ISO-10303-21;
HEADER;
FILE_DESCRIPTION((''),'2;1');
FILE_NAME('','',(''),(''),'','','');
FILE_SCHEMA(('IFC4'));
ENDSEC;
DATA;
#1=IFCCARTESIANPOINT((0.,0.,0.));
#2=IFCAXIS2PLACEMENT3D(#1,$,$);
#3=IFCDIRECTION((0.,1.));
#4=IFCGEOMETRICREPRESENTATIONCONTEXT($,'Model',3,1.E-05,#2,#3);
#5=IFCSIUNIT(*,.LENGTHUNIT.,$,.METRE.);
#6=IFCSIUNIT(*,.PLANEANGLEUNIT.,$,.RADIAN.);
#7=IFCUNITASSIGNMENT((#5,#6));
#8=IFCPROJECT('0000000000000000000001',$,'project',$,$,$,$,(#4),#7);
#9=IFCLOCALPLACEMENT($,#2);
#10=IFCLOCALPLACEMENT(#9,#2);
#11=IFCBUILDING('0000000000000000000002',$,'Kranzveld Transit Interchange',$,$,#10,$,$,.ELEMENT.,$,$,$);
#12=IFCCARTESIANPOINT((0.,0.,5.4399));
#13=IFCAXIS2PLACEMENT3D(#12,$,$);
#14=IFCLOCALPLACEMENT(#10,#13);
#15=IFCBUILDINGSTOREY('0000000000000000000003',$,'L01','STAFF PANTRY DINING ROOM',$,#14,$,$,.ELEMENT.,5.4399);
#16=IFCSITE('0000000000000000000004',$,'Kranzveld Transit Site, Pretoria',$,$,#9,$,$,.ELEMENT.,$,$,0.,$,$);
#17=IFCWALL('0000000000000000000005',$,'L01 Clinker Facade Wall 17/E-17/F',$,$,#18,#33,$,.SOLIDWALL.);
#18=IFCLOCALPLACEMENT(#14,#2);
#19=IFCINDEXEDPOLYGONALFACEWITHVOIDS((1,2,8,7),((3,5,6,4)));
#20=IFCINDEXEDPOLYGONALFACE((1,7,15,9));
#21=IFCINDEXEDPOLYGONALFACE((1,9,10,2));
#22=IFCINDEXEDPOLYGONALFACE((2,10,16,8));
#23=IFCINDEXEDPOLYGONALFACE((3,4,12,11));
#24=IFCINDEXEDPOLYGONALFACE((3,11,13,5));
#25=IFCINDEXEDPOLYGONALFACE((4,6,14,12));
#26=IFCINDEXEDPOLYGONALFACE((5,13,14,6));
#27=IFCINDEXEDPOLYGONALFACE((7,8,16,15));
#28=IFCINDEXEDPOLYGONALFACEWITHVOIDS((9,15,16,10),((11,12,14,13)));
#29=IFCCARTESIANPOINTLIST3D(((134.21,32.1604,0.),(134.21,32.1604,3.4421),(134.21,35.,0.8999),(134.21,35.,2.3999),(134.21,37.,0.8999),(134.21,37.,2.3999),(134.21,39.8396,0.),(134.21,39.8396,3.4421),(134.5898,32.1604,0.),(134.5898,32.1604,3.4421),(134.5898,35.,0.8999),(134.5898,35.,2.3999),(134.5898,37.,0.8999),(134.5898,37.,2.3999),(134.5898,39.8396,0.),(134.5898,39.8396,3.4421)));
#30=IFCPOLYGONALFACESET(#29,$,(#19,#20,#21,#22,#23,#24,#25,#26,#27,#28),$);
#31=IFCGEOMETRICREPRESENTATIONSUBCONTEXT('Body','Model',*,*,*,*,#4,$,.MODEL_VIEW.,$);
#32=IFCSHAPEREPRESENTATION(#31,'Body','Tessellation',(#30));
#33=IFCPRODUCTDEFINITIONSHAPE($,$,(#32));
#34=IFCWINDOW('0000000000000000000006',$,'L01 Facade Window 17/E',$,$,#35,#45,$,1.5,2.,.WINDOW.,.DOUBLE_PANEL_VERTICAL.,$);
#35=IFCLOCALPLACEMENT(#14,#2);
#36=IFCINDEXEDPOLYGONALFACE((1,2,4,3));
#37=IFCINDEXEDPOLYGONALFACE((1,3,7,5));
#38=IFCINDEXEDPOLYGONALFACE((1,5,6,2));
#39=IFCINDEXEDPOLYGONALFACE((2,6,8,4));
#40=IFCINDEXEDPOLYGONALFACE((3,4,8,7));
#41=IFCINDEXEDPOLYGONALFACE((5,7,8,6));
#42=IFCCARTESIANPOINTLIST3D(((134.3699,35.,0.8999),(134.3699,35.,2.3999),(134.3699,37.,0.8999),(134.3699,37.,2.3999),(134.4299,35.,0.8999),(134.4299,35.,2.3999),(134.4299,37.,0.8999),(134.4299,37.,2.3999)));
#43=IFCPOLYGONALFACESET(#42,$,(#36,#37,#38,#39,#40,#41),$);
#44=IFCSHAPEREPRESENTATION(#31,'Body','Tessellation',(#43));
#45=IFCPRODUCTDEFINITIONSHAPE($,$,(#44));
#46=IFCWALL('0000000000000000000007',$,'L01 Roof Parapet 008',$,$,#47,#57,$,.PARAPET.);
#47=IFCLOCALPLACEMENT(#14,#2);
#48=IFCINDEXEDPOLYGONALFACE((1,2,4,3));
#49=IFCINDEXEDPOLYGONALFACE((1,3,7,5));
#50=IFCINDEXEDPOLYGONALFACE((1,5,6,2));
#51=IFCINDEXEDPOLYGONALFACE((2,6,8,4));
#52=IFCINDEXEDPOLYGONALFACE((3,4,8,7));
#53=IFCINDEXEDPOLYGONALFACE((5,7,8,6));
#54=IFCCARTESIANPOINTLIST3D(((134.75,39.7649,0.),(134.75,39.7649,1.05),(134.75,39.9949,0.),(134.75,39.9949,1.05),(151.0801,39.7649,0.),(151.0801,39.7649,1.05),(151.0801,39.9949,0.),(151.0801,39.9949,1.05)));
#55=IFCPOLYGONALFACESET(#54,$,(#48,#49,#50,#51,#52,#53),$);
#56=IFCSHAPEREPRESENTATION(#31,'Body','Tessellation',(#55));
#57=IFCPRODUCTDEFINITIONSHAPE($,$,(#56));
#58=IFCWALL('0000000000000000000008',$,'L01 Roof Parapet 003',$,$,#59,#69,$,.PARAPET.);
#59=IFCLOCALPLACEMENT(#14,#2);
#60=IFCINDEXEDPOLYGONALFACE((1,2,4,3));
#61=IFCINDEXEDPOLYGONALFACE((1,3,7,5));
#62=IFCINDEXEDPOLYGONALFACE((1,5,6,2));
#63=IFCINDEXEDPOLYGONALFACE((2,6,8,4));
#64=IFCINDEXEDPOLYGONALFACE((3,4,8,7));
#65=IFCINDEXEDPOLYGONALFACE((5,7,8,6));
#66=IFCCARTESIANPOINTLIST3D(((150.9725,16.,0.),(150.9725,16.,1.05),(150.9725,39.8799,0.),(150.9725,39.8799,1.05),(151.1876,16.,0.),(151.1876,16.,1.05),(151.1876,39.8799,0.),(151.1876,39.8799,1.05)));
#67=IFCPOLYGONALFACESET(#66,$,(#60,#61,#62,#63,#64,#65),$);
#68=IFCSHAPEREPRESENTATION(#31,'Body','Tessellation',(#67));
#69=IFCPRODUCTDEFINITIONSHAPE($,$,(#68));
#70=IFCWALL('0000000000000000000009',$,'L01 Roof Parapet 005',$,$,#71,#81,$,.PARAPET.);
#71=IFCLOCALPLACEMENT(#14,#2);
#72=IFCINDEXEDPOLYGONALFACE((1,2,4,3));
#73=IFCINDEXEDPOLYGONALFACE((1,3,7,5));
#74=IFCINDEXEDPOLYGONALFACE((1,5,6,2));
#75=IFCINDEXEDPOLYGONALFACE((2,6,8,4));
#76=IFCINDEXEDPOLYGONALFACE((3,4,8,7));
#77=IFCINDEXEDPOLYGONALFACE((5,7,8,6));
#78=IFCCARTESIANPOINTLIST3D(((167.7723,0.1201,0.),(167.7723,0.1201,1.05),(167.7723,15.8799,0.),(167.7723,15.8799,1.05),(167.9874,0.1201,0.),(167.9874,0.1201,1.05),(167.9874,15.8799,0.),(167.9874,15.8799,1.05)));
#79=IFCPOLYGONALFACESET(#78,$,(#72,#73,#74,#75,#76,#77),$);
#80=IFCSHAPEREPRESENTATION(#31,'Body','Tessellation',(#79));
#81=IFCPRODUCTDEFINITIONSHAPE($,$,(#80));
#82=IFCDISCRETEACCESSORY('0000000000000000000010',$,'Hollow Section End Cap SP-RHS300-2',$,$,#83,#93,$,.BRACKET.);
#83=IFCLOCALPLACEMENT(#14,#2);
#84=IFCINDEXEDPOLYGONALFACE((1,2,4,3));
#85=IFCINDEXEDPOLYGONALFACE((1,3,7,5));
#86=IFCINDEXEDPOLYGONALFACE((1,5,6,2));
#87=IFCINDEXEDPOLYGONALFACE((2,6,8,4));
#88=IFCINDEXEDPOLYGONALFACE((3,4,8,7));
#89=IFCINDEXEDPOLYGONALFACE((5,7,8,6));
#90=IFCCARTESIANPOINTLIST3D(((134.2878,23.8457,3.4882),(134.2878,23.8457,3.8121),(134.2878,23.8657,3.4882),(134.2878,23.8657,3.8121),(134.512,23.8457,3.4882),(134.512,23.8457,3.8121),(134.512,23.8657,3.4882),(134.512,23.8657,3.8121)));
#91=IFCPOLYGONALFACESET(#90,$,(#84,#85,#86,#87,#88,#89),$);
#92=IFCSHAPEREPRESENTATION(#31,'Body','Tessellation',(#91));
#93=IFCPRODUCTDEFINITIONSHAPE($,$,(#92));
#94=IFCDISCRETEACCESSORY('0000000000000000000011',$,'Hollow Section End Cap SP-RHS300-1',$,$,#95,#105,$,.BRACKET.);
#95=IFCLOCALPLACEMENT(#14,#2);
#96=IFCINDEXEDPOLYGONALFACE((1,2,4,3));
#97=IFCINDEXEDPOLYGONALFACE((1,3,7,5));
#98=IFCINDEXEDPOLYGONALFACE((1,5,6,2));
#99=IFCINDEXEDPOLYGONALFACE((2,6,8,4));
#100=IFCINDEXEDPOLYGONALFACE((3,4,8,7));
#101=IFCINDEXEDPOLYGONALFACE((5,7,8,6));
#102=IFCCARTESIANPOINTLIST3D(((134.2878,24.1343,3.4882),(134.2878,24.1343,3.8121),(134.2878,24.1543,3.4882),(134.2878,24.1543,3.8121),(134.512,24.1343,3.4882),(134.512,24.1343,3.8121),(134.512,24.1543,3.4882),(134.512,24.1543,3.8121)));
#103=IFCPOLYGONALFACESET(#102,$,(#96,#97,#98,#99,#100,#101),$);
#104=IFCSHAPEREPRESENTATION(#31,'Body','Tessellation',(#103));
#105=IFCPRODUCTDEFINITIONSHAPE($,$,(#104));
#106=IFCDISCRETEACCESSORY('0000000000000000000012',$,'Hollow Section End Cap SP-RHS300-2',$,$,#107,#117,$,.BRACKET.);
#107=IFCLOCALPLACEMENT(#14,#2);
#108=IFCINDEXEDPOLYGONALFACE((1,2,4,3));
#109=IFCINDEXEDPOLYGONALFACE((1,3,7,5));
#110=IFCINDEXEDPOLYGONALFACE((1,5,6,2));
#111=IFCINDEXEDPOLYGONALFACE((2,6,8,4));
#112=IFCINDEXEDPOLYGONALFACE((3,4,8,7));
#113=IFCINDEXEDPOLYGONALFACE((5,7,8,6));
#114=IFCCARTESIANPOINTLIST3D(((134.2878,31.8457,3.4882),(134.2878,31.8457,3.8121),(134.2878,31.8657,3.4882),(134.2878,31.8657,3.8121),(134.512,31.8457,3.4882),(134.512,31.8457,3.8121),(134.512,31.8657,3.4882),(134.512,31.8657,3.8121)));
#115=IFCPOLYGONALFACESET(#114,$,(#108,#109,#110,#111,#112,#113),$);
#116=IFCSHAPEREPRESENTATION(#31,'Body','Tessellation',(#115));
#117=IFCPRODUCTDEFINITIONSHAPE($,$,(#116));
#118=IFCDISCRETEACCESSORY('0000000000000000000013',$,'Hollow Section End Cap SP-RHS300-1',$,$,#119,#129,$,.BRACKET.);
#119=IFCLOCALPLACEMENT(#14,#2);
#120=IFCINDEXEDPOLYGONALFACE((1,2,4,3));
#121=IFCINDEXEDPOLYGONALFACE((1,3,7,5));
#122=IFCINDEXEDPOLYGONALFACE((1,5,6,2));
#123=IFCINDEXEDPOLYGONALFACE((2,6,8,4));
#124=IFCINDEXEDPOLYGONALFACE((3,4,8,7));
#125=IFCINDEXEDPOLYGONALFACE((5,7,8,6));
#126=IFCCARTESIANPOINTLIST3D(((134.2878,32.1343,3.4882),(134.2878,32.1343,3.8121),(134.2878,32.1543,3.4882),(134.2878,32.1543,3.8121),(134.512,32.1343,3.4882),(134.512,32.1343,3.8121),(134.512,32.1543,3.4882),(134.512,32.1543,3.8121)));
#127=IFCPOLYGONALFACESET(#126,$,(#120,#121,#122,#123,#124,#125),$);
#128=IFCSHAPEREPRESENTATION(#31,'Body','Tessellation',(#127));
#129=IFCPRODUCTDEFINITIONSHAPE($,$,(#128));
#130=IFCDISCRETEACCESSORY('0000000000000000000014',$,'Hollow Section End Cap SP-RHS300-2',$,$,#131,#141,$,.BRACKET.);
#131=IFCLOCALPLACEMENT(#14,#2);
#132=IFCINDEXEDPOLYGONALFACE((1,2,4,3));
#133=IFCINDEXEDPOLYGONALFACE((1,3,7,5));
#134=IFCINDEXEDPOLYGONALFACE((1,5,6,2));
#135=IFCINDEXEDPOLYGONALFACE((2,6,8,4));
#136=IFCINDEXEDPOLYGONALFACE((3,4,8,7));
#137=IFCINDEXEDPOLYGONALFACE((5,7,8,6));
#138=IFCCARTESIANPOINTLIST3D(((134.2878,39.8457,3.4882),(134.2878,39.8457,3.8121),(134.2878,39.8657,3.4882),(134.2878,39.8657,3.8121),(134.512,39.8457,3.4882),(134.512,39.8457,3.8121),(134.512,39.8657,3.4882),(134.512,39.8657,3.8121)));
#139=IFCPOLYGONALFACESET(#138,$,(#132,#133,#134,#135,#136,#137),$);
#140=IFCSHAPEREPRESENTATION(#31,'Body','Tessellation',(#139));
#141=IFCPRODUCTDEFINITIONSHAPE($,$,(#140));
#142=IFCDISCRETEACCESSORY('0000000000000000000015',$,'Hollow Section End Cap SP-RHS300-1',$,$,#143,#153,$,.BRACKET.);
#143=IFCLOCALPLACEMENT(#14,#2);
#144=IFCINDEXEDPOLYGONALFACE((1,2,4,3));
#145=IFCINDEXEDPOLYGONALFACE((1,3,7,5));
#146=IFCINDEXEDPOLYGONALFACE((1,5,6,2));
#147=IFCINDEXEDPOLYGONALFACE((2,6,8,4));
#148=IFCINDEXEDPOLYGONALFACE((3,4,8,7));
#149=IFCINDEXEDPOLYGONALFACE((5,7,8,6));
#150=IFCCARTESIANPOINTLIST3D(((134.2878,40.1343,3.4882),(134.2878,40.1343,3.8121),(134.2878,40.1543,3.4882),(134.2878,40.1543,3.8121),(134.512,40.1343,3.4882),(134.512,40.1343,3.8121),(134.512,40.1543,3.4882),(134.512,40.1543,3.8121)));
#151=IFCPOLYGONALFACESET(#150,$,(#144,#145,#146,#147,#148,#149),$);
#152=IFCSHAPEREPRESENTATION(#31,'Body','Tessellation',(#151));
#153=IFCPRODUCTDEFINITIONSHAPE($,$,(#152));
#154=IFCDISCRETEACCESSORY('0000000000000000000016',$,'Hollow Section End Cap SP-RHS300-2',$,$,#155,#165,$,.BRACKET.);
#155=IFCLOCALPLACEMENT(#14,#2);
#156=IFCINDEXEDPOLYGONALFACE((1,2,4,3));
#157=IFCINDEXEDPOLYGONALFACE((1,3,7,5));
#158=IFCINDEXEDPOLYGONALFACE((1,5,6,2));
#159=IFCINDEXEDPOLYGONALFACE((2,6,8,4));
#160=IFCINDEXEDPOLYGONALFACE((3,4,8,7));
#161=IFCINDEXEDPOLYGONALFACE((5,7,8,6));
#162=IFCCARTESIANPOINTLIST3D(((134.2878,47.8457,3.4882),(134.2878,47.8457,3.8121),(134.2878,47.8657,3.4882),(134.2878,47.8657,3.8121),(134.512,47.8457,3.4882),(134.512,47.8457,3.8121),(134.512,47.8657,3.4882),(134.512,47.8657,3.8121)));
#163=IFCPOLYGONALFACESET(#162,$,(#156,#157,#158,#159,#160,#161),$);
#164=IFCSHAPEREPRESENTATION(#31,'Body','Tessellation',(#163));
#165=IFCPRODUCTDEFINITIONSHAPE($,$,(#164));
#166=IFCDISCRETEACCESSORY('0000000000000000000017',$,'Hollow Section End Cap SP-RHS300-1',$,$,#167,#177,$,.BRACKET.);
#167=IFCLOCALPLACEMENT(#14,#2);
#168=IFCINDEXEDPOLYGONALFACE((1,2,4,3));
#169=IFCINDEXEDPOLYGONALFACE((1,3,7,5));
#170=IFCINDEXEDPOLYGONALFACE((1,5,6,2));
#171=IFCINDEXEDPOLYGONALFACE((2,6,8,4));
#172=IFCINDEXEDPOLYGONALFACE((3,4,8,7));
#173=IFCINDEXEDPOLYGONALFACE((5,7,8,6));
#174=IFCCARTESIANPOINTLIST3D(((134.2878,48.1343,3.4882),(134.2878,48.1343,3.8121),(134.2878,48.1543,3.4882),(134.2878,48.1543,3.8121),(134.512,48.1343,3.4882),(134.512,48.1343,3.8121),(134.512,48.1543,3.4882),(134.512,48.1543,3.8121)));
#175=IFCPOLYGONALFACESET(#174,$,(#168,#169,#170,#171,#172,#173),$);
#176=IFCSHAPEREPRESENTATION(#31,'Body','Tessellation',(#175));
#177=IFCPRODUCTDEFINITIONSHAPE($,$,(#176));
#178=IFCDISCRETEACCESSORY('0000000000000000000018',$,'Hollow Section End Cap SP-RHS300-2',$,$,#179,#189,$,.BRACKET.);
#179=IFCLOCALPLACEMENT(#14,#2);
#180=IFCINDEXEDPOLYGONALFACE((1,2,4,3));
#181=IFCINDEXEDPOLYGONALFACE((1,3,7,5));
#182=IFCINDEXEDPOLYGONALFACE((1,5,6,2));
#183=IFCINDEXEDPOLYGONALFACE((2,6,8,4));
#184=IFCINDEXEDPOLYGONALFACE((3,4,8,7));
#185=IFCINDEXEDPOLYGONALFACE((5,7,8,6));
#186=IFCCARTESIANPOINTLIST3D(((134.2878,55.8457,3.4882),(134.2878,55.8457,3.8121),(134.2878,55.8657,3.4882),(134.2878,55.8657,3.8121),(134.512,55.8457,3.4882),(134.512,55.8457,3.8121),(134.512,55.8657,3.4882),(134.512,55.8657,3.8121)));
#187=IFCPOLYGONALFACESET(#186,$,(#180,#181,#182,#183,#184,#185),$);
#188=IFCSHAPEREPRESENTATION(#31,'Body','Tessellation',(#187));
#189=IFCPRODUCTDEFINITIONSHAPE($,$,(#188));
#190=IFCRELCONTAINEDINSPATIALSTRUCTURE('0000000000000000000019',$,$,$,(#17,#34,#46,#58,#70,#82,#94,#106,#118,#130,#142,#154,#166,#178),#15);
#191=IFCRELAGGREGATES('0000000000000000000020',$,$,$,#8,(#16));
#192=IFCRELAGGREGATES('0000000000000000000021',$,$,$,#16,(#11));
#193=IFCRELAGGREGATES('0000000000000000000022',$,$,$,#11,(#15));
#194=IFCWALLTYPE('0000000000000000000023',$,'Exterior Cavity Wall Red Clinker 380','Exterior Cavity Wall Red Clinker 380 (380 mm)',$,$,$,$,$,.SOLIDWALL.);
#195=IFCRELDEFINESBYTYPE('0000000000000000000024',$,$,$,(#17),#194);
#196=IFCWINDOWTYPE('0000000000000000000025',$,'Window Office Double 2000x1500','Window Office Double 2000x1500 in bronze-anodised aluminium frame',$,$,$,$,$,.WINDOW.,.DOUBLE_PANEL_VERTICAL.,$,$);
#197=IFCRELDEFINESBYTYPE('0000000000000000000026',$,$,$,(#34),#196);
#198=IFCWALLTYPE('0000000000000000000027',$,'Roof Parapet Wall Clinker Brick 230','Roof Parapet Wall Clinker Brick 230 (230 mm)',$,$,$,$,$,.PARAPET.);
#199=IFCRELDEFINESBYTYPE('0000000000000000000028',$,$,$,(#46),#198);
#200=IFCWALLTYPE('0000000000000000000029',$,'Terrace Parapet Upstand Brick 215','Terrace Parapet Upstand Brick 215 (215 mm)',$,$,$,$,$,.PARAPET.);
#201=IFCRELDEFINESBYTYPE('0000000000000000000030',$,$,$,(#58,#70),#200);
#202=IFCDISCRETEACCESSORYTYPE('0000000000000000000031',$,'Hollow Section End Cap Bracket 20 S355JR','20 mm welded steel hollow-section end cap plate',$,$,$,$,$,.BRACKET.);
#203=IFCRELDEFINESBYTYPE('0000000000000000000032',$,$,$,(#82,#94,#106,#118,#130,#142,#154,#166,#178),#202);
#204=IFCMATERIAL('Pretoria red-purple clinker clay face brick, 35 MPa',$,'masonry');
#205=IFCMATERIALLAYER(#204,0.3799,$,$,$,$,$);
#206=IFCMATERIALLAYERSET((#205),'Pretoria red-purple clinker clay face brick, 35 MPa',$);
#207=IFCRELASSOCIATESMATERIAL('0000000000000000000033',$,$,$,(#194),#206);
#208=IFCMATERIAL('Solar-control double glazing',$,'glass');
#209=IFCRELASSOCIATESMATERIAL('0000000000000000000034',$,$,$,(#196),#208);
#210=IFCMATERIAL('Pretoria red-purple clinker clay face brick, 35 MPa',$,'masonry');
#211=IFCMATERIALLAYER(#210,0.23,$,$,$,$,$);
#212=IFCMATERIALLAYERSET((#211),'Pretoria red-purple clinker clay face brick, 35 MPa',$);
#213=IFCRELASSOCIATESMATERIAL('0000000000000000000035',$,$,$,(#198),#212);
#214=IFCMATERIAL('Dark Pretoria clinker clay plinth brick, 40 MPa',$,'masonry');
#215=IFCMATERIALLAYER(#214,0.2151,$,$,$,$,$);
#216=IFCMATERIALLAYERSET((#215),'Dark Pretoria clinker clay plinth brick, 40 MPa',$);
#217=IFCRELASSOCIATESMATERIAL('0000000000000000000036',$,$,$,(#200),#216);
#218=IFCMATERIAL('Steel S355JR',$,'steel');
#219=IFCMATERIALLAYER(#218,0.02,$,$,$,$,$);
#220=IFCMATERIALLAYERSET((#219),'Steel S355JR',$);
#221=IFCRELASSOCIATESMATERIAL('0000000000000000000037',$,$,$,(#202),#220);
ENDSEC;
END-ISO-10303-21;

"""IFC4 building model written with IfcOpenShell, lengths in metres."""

from ifc_helpers import new_model, si_unit, direction, frame, frame_2d, origin, origin_2d, place, context, subcontext, project, spatial, rectangle, extrude, material, layer, layer_set, type_object, element, fill, save


model = new_model("IFC4")

# Units and contexts
model_context = context("Model", 3, precision=1e-05, world=origin(), true_north=direction((0.0, 1.0)))
body_context = subcontext(model_context, "Body", "Model", "MODEL_VIEW")
ifc_project = project(units=[si_unit("LENGTHUNIT", "METRE"), si_unit("PLANEANGLEUNIT", "RADIAN")], contexts=[model_context])

# Site, building, storey
site_placement = place(None, origin())
site = spatial("IfcSite", under=ifc_project, at=site_placement, Name="Kranzveld Transit Site, Pretoria", CompositionType="ELEMENT", RefElevation=0.0)
building_placement = place(site_placement, origin())
building = spatial("IfcBuilding", under=site, at=building_placement, Name="Kranzveld Transit Interchange", CompositionType="ELEMENT")
storey_placement = place(building_placement, frame((0.0, 0.0, 5.4399)))
storey = spatial("IfcBuildingStorey", under=building, at=storey_placement, Name="L01", Description="STAFF PANTRY DINING ROOM", CompositionType="ELEMENT", Elevation=5.4399)

# Wall, opening, window
ifc_material_1 = material(Name="Pretoria red-purple clinker clay face brick, 35 MPa", Category="masonry")
ifc_layer_1 = layer(ifc_material_1, 0.3799)
ifc_layer_set_1 = layer_set([ifc_layer_1], Name="Pretoria red-purple clinker clay face brick, 35 MPa")
wall_type_1 = type_object("IfcWallType", Name="Exterior Cavity Wall Red Clinker 380", Description="Exterior Cavity Wall Red Clinker 380 (380 mm)", PredefinedType="SOLIDWALL", material=ifc_layer_set_1)
wall_1_placement = place(storey_placement, frame((134.3999, 32.1604, 0.0), z_axis=(0.0, 0.0, 1.0), x_axis=(0.0, 1.0, 0.0)))
wall_1 = element("IfcWall", 1, at=wall_1_placement, inside=storey, type_object=wall_type_1, Name="L01 Clinker Facade Wall 17/E-17/F", PredefinedType="SOLIDWALL", context=body_context, shape_type="SweptSolid", body=[
    extrude(rectangle(XDim=7.6792, YDim=0.3799, at=frame_2d((3.8396, 0.0))), origin(), (0.0, 0.0, 1.0), 3.4421),
])
opening_1_placement = place(wall_1_placement, frame((2.8396, 0.0, 0.8999), z_axis=(0.0, 0.0, 1.0), x_axis=(1.0, 0.0, 0.0)))
opening_1 = element("IfcOpeningElement", 2, at=opening_1_placement, cuts=wall_1, PredefinedType="OPENING", context=body_context, shape_type="SweptSolid", body=[
    extrude(rectangle(XDim=2.0, YDim=1.5, at=frame_2d((1.0, 0.75))), frame((0.0, 0.2, 0.0), z_axis=(0.0, -1.0, 0.0), x_axis=(1.0, 0.0, 0.0)), (0.0, 0.0, 1.0), 0.3999),
])
ifc_material_2 = material(Name="Solar-control double glazing", Category="glass")
window_type_1 = type_object("IfcWindowType", Name="Window Office Double 2000x1500", Description="Window Office Double 2000x1500 in bronze-anodised aluminium frame", PartitioningType="DOUBLE_PANEL_VERTICAL", PredefinedType="WINDOW", material=ifc_material_2)
window_1_placement = place(opening_1_placement, origin())
window_1 = element("IfcWindow", 3, at=window_1_placement, inside=storey, type_object=window_type_1, Name="L01 Facade Window 17/E", OverallHeight=1.5, OverallWidth=2.0, PartitioningType="DOUBLE_PANEL_VERTICAL", PredefinedType="WINDOW", context=body_context, shape_type="SweptSolid", body=[
    extrude(rectangle(XDim=2.0, YDim=1.5, at=frame_2d((1.0, 0.75))), frame((0.0, 0.03, 0.0), z_axis=(0.0, -1.0, 0.0), x_axis=(1.0, 0.0, 0.0)), (0.0, 0.0, 1.0), 0.0601),
])
fill(opening_1, window_1)

# Walls
ifc_material_3 = material(Name="Pretoria red-purple clinker clay face brick, 35 MPa", Category="masonry")
ifc_layer_2 = layer(ifc_material_3, 0.23)
ifc_layer_set_2 = layer_set([ifc_layer_2], Name="Pretoria red-purple clinker clay face brick, 35 MPa")
wall_type_2 = type_object("IfcWallType", Name="Roof Parapet Wall Clinker Brick 230", Description="Roof Parapet Wall Clinker Brick 230 (230 mm)", PredefinedType="PARAPET", material=ifc_layer_set_2)
wall_2_placement = place(storey_placement, frame((134.75, 39.8799, 0.0), z_axis=(0.0, 0.0, 1.0), x_axis=(1.0, 0.0, 0.0)))
element("IfcWall", 4, at=wall_2_placement, inside=storey, type_object=wall_type_2, Name="L01 Roof Parapet 008", PredefinedType="PARAPET", context=body_context, shape_type="SweptSolid", body=[
    extrude(rectangle(XDim=16.3301, YDim=0.23, at=frame_2d((8.165, 0.0))), origin(), (0.0, 0.0, 1.0), 1.05),
])
ifc_material_4 = material(Name="Dark Pretoria clinker clay plinth brick, 40 MPa", Category="masonry")
ifc_layer_3 = layer(ifc_material_4, 0.2151)
ifc_layer_set_3 = layer_set([ifc_layer_3], Name="Dark Pretoria clinker clay plinth brick, 40 MPa")
wall_type_3 = type_object("IfcWallType", Name="Terrace Parapet Upstand Brick 215", Description="Terrace Parapet Upstand Brick 215 (215 mm)", PredefinedType="PARAPET", material=ifc_layer_set_3)
wall_3_placement = place(storey_placement, frame((151.0801, 39.8799, 0.0), z_axis=(0.0, 0.0, 1.0), x_axis=(0.0, -1.0, 0.0)))
element("IfcWall", 5, at=wall_3_placement, inside=storey, type_object=wall_type_3, Name="L01 Roof Parapet 003", PredefinedType="PARAPET", context=body_context, shape_type="SweptSolid", body=[
    extrude(rectangle(XDim=23.8799, YDim=0.2151, at=frame_2d((11.9399, 0.0))), origin(), (0.0, 0.0, 1.0), 1.05),
])
wall_4_placement = place(storey_placement, frame((167.8799, 15.8799, 0.0), z_axis=(0.0, 0.0, 1.0), x_axis=(0.0, -1.0, 0.0)))
element("IfcWall", 6, at=wall_4_placement, inside=storey, type_object=wall_type_3, Name="L01 Roof Parapet 005", PredefinedType="PARAPET", context=body_context, shape_type="SweptSolid", body=[
    extrude(rectangle(XDim=15.7598, YDim=0.2151, at=frame_2d((7.8799, 0.0))), origin(), (0.0, 0.0, 1.0), 1.05),
])

# Discrete accessories
ifc_material_5 = material(Name="Steel S355JR", Category="steel")
ifc_layer_4 = layer(ifc_material_5, 0.02)
ifc_layer_set_4 = layer_set([ifc_layer_4], Name="Steel S355JR")
discrete_accessory_type = type_object("IfcDiscreteAccessoryType", Name="Hollow Section End Cap Bracket 20 S355JR", Description="20 mm welded steel hollow-section end cap plate", PredefinedType="BRACKET", material=ifc_layer_set_4)
for number, where, z_axis, x_axis, name in (
    (7, (134.3999, 23.8457, 3.6501), (0.0, 1.0, 0.0), (-1.0, 0.0, 0.0), "Hollow Section End Cap SP-RHS300-2"),
    (8, (134.3999, 24.1543, 3.6501), (0.0, -1.0, 0.0), (1.0, 0.0, 0.0), "Hollow Section End Cap SP-RHS300-1"),
    (9, (134.3999, 31.8457, 3.6501), (0.0, 1.0, 0.0), (-1.0, 0.0, 0.0), "Hollow Section End Cap SP-RHS300-2"),
    (10, (134.3999, 32.1543, 3.6501), (0.0, -1.0, 0.0), (1.0, 0.0, 0.0), "Hollow Section End Cap SP-RHS300-1"),
    (11, (134.3999, 39.8457, 3.6501), (0.0, 1.0, 0.0), (-1.0, 0.0, 0.0), "Hollow Section End Cap SP-RHS300-2"),
    (12, (134.3999, 40.1543, 3.6501), (0.0, -1.0, 0.0), (1.0, 0.0, 0.0), "Hollow Section End Cap SP-RHS300-1"),
    (13, (134.3999, 47.8457, 3.6501), (0.0, 1.0, 0.0), (-1.0, 0.0, 0.0), "Hollow Section End Cap SP-RHS300-2"),
    (14, (134.3999, 48.1543, 3.6501), (0.0, -1.0, 0.0), (1.0, 0.0, 0.0), "Hollow Section End Cap SP-RHS300-1"),
    (15, (134.3999, 55.8457, 3.6501), (0.0, 1.0, 0.0), (-1.0, 0.0, 0.0), "Hollow Section End Cap SP-RHS300-2"),
):
    element("IfcDiscreteAccessory", number, at=place(storey_placement, frame(where, z_axis=z_axis, x_axis=x_axis)), inside=storey, type_object=discrete_accessory_type, Name=name, PredefinedType="BRACKET", context=body_context, shape_type="SweptSolid", body=[
        extrude(rectangle(XDim=0.2241, YDim=0.324, at=origin_2d()), origin(), (0.0, 0.0, 1.0), 0.02),
    ])

save(model, "model.ifc")
